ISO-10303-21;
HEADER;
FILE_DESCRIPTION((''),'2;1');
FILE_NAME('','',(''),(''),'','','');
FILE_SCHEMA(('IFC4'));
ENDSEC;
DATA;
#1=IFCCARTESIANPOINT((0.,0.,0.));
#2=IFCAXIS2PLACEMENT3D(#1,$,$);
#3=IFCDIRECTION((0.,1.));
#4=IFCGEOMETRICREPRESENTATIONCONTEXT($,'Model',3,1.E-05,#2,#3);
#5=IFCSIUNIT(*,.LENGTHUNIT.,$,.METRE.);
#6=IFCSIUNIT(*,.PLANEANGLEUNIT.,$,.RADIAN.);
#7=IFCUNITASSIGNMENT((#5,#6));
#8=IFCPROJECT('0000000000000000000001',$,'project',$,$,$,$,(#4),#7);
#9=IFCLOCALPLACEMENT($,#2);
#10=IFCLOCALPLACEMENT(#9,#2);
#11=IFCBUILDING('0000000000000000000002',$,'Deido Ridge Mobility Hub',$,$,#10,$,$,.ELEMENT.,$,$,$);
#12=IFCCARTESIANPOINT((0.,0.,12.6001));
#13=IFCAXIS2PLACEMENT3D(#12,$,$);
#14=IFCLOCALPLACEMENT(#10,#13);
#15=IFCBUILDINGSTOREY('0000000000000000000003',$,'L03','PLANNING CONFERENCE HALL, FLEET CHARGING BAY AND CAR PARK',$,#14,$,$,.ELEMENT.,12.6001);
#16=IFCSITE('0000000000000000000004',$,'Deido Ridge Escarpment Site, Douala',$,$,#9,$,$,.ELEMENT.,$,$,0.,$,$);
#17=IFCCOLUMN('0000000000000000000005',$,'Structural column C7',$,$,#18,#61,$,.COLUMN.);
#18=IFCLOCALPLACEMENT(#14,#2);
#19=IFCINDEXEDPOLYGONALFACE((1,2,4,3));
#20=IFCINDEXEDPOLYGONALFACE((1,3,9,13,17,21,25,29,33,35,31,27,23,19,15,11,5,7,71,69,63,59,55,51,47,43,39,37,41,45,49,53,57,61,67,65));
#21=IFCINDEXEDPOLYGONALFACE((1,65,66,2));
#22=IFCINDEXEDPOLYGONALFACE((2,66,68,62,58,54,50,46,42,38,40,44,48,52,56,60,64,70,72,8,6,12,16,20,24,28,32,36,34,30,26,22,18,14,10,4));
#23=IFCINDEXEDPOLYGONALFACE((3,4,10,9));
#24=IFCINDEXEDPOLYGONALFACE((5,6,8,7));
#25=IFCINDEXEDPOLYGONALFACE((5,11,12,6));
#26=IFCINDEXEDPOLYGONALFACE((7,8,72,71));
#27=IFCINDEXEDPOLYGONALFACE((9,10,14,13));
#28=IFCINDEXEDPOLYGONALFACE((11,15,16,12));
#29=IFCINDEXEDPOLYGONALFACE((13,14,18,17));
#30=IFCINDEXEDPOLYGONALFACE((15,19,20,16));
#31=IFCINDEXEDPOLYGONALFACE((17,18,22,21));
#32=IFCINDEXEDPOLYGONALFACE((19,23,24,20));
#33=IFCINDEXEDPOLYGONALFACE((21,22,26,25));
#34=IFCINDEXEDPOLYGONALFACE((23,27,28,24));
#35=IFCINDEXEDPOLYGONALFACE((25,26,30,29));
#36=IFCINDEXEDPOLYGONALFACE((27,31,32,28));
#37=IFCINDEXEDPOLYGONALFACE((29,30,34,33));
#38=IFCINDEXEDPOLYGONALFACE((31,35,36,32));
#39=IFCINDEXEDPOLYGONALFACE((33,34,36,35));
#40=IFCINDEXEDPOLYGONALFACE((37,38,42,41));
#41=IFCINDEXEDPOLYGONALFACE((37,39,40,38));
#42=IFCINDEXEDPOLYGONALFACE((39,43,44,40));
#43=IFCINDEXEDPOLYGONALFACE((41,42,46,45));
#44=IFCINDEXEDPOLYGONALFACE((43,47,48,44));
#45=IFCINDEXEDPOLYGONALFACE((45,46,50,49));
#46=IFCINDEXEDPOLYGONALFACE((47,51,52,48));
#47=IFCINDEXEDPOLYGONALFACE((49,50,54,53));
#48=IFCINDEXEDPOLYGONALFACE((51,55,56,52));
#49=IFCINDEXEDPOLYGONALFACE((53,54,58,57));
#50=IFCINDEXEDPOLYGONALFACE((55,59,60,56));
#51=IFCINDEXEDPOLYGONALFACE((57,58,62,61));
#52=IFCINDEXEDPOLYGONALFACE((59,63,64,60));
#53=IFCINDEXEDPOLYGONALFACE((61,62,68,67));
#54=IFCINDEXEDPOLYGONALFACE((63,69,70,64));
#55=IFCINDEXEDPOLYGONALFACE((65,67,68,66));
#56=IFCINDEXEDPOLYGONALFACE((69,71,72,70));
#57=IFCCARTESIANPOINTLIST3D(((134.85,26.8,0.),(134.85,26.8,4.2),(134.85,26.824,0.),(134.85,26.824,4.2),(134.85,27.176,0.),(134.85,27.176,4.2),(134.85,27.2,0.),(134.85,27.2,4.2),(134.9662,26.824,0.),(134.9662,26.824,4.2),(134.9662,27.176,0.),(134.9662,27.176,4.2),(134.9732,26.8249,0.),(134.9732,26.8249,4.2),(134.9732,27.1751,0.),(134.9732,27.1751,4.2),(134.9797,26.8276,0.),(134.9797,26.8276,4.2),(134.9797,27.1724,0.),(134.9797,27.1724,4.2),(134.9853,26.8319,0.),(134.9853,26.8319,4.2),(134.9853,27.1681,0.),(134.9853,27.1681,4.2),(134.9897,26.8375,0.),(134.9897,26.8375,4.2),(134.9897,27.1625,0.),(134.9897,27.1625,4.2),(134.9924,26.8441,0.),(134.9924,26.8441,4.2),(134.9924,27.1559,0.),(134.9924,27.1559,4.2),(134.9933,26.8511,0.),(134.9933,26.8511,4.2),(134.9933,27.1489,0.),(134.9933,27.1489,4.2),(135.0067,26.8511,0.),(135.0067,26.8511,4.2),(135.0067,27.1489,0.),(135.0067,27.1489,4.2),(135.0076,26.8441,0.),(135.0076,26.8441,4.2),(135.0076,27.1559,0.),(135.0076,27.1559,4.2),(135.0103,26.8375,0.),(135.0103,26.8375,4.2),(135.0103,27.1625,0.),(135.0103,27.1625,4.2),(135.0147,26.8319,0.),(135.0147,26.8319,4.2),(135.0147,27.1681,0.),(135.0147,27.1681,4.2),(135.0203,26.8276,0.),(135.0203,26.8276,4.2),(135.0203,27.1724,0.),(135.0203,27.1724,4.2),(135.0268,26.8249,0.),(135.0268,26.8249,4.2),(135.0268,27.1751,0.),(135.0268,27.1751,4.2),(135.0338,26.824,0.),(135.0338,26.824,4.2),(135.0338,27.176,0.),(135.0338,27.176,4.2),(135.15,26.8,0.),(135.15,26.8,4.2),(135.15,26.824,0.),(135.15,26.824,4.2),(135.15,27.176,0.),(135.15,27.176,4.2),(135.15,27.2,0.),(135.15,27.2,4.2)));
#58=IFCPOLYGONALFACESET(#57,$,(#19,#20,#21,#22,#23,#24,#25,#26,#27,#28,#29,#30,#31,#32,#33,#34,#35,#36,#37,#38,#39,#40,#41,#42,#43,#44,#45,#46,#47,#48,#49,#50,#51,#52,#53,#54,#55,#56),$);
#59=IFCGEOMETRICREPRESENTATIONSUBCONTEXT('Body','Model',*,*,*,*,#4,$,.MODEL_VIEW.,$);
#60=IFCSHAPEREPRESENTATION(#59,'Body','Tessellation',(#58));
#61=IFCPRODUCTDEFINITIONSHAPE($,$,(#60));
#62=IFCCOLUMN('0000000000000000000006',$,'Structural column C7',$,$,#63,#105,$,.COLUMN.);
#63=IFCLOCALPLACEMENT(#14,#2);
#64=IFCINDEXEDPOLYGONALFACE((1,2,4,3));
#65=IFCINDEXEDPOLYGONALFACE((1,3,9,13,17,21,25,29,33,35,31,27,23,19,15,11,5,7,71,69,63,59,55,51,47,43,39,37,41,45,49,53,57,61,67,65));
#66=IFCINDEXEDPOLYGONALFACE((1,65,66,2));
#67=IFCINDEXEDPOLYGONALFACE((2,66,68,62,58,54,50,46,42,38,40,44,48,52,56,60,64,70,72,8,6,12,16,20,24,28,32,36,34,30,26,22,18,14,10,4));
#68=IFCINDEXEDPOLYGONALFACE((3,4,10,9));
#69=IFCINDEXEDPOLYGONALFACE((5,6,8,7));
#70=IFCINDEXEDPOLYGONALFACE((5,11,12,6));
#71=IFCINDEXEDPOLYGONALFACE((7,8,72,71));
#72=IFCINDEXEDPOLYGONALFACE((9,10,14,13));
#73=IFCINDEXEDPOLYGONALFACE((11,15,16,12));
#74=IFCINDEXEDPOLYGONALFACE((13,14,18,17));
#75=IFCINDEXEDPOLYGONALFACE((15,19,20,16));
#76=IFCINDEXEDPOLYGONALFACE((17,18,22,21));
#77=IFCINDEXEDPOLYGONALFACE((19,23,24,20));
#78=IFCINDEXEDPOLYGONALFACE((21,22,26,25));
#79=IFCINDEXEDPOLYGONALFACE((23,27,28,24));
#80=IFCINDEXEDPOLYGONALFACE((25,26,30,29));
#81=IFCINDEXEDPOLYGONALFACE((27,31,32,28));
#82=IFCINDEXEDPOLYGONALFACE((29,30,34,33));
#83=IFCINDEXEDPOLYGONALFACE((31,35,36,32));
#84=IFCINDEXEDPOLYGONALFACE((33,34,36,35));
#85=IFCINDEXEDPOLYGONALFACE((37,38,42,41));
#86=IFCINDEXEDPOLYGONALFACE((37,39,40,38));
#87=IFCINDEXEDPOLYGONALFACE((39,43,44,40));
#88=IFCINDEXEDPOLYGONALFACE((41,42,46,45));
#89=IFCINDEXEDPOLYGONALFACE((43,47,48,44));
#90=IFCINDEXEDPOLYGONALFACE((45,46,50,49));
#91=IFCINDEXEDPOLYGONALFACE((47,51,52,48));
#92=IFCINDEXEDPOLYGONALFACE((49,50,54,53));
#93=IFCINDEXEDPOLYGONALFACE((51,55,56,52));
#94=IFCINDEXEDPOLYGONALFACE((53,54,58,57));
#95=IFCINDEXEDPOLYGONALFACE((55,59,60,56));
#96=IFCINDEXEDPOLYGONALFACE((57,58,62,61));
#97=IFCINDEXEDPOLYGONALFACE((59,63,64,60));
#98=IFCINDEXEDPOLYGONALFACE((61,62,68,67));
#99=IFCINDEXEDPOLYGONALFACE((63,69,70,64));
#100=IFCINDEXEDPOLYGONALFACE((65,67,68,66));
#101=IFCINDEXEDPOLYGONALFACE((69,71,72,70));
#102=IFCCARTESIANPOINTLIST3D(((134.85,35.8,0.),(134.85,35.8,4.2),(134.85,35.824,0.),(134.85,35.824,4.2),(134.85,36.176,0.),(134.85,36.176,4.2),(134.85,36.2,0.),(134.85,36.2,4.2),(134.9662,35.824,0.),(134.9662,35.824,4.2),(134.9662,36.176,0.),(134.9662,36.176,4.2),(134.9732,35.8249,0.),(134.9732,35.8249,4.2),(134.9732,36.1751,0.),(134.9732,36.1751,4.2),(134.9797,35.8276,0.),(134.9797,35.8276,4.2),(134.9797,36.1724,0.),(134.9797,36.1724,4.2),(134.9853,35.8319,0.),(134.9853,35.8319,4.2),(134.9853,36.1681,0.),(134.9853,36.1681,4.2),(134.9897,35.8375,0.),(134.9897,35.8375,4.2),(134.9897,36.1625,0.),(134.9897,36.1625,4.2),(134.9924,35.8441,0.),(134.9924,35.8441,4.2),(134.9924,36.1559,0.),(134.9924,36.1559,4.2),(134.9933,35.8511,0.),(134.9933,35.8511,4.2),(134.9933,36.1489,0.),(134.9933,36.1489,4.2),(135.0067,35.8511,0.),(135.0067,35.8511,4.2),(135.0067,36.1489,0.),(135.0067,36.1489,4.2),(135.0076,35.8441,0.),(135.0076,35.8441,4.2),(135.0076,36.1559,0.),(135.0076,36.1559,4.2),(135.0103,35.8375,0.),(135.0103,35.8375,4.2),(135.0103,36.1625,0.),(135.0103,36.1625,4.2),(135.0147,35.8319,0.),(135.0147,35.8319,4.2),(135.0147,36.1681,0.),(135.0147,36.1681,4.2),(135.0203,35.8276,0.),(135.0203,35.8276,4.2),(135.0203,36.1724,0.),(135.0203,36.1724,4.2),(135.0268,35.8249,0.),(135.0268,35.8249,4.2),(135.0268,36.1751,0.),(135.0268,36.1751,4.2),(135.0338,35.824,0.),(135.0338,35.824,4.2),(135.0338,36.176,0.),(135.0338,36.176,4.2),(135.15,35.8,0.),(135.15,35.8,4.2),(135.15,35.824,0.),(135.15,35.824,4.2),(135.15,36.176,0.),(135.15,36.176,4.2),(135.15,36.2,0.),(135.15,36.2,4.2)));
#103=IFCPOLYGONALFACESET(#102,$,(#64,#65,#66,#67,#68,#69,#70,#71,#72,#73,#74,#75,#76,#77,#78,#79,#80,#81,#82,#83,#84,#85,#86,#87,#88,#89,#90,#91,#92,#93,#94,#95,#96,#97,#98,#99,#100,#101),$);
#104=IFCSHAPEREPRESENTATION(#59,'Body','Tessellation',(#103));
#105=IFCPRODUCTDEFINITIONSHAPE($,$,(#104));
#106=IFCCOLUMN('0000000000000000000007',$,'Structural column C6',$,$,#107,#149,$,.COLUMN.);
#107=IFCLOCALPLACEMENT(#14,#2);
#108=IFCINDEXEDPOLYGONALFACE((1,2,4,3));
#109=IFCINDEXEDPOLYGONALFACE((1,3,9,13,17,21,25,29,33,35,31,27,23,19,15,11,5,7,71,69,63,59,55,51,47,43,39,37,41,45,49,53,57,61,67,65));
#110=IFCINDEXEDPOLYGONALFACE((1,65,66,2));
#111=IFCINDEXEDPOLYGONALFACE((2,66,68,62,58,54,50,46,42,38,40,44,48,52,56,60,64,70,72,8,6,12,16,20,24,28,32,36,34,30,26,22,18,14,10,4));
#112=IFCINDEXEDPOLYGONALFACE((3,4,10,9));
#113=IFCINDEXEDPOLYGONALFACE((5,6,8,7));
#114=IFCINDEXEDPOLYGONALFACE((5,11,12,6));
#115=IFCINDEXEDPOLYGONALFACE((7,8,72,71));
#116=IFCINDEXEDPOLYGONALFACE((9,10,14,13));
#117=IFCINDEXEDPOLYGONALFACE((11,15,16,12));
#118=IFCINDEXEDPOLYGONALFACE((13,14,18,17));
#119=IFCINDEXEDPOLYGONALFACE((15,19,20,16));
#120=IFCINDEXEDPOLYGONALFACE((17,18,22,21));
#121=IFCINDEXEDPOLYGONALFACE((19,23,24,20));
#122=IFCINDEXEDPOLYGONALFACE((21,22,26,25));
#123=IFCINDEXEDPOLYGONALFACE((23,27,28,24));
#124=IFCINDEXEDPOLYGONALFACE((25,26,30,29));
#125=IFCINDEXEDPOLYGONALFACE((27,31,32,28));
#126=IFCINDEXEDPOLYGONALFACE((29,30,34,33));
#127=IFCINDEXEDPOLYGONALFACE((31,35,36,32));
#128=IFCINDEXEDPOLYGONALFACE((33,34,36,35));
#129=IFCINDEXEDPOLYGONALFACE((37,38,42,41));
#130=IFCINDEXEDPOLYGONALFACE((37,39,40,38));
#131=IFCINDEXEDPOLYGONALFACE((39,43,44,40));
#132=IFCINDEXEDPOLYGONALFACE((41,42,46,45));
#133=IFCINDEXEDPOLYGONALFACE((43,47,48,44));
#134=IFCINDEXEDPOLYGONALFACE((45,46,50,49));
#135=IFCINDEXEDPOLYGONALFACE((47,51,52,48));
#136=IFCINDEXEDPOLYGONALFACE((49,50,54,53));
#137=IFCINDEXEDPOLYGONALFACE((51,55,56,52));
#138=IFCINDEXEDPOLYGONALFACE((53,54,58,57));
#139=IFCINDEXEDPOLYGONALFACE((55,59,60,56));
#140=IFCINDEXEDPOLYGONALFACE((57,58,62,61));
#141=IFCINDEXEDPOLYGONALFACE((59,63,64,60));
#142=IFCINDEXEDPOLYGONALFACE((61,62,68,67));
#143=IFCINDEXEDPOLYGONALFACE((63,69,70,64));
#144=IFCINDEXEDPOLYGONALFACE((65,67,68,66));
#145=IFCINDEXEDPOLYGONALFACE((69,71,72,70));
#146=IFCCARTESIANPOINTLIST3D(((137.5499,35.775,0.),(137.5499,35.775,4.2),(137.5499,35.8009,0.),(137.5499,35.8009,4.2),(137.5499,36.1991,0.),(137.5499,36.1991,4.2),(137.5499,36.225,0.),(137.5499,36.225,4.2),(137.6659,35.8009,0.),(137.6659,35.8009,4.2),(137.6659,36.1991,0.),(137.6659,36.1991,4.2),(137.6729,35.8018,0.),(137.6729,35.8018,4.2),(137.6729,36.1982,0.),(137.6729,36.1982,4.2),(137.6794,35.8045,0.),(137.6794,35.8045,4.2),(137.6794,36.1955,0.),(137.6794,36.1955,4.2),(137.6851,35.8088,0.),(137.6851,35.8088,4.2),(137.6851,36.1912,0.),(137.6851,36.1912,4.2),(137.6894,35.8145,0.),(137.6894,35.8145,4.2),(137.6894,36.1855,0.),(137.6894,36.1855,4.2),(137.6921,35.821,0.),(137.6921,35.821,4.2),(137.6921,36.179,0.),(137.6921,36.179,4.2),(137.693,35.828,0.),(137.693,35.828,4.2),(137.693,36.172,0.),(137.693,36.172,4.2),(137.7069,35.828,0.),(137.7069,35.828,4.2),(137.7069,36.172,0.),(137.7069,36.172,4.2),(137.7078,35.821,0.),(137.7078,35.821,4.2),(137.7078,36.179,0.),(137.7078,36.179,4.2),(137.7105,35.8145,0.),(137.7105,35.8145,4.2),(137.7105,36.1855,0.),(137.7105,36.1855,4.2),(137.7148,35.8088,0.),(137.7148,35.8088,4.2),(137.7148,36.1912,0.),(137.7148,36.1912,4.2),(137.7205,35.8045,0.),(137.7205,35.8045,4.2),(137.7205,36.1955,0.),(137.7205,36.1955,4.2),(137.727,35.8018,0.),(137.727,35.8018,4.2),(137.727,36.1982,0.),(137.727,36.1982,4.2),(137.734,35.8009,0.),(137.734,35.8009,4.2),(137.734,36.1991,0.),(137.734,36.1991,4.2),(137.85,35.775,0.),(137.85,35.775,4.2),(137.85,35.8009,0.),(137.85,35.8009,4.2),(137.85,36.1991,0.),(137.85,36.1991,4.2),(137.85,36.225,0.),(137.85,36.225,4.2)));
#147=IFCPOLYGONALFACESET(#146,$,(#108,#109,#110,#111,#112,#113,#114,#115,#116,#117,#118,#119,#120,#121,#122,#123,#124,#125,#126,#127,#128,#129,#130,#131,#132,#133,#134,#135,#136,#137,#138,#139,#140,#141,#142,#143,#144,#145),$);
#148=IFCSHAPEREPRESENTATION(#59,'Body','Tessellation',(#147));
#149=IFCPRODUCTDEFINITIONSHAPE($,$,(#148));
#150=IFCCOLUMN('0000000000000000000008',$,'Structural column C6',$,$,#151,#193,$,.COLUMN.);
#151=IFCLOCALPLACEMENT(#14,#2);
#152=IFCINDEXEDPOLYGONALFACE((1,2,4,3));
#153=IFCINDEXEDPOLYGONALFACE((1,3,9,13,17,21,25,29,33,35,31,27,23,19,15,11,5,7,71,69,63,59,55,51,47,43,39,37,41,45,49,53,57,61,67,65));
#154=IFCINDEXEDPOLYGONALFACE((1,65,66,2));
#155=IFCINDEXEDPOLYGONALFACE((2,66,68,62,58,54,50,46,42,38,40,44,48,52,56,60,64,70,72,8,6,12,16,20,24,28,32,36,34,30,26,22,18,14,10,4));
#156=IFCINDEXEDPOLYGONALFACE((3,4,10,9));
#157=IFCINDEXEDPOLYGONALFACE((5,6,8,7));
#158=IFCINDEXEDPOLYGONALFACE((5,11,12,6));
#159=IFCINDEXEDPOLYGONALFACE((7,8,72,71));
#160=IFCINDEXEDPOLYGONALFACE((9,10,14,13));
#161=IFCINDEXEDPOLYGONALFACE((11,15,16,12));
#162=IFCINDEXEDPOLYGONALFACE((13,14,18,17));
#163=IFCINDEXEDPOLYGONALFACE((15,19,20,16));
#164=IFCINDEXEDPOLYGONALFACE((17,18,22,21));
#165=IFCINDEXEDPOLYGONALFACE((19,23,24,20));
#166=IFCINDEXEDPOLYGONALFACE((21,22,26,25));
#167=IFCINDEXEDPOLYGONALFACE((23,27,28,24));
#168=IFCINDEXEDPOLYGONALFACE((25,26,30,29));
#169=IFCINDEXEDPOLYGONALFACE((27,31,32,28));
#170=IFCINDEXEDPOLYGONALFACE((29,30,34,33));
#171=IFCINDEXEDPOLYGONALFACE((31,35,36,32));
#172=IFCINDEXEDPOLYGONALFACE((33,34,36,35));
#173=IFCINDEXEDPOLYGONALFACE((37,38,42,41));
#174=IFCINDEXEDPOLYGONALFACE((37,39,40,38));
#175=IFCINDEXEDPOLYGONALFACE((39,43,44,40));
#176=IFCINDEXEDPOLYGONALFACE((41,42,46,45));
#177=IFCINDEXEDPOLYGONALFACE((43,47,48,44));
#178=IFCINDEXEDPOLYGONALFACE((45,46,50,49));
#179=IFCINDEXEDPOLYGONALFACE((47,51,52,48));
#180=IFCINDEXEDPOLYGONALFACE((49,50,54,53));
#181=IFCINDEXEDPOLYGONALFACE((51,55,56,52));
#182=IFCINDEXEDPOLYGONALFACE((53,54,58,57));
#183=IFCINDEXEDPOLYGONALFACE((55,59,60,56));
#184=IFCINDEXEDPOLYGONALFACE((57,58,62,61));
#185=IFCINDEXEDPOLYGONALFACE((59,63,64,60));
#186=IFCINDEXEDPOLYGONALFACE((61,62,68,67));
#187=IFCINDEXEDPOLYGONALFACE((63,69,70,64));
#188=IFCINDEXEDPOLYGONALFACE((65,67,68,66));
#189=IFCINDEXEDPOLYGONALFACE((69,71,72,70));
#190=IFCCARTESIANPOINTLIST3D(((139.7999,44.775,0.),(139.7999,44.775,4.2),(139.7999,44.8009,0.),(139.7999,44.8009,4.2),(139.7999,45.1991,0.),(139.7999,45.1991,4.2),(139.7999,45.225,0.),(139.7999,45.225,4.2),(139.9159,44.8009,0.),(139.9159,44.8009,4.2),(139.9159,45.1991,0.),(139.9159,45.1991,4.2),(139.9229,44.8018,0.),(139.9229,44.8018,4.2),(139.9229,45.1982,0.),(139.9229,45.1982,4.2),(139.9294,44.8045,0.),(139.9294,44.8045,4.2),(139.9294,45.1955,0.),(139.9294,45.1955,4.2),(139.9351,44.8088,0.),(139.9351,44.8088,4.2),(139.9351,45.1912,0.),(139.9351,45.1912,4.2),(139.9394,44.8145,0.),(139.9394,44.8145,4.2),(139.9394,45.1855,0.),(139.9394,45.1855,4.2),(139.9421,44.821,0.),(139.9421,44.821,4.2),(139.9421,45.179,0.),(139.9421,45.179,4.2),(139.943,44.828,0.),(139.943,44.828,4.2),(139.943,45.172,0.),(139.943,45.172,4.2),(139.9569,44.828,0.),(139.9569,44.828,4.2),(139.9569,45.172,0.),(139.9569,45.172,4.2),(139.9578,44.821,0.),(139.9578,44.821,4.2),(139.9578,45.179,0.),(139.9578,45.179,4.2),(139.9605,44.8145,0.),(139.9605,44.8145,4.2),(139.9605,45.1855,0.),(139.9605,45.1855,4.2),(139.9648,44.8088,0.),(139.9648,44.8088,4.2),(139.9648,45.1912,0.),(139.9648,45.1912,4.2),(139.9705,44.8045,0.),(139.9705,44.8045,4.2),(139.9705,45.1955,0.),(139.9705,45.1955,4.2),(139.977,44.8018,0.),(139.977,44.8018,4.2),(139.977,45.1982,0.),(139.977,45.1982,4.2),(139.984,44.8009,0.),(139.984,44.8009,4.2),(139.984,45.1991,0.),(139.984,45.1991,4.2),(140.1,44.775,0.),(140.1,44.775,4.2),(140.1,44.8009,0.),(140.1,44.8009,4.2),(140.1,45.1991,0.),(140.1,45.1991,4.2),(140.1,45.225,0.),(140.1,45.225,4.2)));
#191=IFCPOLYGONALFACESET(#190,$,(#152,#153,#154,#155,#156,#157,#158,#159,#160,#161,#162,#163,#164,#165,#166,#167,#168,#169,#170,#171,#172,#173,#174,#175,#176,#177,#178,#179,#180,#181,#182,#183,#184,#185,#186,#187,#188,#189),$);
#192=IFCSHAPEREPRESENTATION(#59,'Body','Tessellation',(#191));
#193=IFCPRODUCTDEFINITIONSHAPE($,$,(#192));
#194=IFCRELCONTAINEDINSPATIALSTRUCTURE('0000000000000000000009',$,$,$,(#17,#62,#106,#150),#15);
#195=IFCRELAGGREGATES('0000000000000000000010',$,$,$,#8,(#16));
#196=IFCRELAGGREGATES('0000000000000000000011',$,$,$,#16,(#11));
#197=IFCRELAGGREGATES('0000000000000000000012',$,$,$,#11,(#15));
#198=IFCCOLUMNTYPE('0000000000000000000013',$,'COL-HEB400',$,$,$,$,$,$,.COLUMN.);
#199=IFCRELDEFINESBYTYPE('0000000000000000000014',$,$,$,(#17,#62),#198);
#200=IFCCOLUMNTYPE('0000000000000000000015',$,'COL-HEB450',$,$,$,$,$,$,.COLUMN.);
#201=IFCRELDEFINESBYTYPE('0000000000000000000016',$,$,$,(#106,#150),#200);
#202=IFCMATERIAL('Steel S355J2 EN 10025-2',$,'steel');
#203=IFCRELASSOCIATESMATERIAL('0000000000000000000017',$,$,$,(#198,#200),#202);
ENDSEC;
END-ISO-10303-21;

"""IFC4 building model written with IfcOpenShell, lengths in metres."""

from ifc_helpers import new_model, si_unit, direction, frame, origin, origin_2d, place, context, subcontext, project, spatial, i_section, extrude, material, material_profile, profile_set, type_object, element, save


model = new_model("IFC4")

# Units and contexts
model_context = context("Model", 3, precision=1e-05, world=origin(), true_north=direction((0.0, 1.0)))
body_context = subcontext(model_context, "Body", "Model", "MODEL_VIEW")
ifc_project = project(units=[si_unit("LENGTHUNIT", "METRE"), si_unit("PLANEANGLEUNIT", "RADIAN")], contexts=[model_context])

# Site, building, storey
site_placement = place(None, origin())
site = spatial("IfcSite", under=ifc_project, at=site_placement, Name="Deido Ridge Escarpment Site, Douala", CompositionType="ELEMENT", RefElevation=0.0)
building_placement = place(site_placement, origin())
building = spatial("IfcBuilding", under=site, at=building_placement, Name="Deido Ridge Mobility Hub", CompositionType="ELEMENT")
storey_placement = place(building_placement, frame((0.0, 0.0, 12.6001)))
storey = spatial("IfcBuildingStorey", under=building, at=storey_placement, Name="L03", Description="PLANNING CONFERENCE HALL, FLEET CHARGING BAY AND CAR PARK", CompositionType="ELEMENT", Elevation=12.6001)

# Columns
ifc_material_1 = material(Name="Steel S355J2 EN 10025-2", Category="steel")
ifc_material_profile_1 = material_profile(ifc_material_1, i_section(OverallWidth=0.3, OverallDepth=0.3999, WebThickness=0.0134, FlangeThickness=0.0239, FilletRadius=0.0271, at=origin_2d()), Name="HEB 400")
ifc_profile_set_1 = profile_set([ifc_material_profile_1], Name="Steel S355J2 EN 10025-2")
column_type_1 = type_object("IfcColumnType", Name="COL-HEB400", PredefinedType="COLUMN", material=ifc_profile_set_1)
for number, where, z_axis, x_axis, name in (
    (1, (135.0, 27.0, 0.0), (0.0, 0.0, 1.0), (1.0, 0.0, 0.0), "Structural column C7"),
    (2, (135.0, 36.0, 0.0), (0.0, 0.0, 1.0), (1.0, 0.0, 0.0), "Structural column C7"),
):
    element("IfcColumn", number, at=place(storey_placement, frame(where, z_axis=z_axis, x_axis=x_axis)), inside=storey, type_object=column_type_1, Name=name, PredefinedType="COLUMN", context=body_context, shape_type="SweptSolid", body=[
        extrude(i_section(OverallWidth=0.3, OverallDepth=0.3999, WebThickness=0.0134, FlangeThickness=0.0239, FilletRadius=0.0271, at=origin_2d()), origin(), (0.0, 0.0, 1.0), 4.2),
    ])
ifc_material_profile_2 = material_profile(ifc_material_1, i_section(OverallWidth=0.3, OverallDepth=0.45, WebThickness=0.0139, FlangeThickness=0.0259, FilletRadius=0.0271, at=origin_2d()), Name="HEB 450")
ifc_profile_set_2 = profile_set([ifc_material_profile_2], Name="Steel S355J2 EN 10025-2")
column_type_2 = type_object("IfcColumnType", Name="COL-HEB450", PredefinedType="COLUMN", material=ifc_profile_set_2)
for number, where, z_axis, x_axis, name in (
    (3, (137.7, 36.0, 0.0), (0.0, 0.0, 1.0), (1.0, 0.0, 0.0), "Structural column C6"),
    (4, (139.95, 45.0, 0.0), (0.0, 0.0, 1.0), (1.0, 0.0, 0.0), "Structural column C6"),
):
    element("IfcColumn", number, at=place(storey_placement, frame(where, z_axis=z_axis, x_axis=x_axis)), inside=storey, type_object=column_type_2, Name=name, PredefinedType="COLUMN", context=body_context, shape_type="SweptSolid", body=[
        extrude(i_section(OverallWidth=0.3, OverallDepth=0.45, WebThickness=0.0139, FlangeThickness=0.0259, FilletRadius=0.0271, at=origin_2d()), origin(), (0.0, 0.0, 1.0), 4.2),
    ])

save(model, "model.ifc")
